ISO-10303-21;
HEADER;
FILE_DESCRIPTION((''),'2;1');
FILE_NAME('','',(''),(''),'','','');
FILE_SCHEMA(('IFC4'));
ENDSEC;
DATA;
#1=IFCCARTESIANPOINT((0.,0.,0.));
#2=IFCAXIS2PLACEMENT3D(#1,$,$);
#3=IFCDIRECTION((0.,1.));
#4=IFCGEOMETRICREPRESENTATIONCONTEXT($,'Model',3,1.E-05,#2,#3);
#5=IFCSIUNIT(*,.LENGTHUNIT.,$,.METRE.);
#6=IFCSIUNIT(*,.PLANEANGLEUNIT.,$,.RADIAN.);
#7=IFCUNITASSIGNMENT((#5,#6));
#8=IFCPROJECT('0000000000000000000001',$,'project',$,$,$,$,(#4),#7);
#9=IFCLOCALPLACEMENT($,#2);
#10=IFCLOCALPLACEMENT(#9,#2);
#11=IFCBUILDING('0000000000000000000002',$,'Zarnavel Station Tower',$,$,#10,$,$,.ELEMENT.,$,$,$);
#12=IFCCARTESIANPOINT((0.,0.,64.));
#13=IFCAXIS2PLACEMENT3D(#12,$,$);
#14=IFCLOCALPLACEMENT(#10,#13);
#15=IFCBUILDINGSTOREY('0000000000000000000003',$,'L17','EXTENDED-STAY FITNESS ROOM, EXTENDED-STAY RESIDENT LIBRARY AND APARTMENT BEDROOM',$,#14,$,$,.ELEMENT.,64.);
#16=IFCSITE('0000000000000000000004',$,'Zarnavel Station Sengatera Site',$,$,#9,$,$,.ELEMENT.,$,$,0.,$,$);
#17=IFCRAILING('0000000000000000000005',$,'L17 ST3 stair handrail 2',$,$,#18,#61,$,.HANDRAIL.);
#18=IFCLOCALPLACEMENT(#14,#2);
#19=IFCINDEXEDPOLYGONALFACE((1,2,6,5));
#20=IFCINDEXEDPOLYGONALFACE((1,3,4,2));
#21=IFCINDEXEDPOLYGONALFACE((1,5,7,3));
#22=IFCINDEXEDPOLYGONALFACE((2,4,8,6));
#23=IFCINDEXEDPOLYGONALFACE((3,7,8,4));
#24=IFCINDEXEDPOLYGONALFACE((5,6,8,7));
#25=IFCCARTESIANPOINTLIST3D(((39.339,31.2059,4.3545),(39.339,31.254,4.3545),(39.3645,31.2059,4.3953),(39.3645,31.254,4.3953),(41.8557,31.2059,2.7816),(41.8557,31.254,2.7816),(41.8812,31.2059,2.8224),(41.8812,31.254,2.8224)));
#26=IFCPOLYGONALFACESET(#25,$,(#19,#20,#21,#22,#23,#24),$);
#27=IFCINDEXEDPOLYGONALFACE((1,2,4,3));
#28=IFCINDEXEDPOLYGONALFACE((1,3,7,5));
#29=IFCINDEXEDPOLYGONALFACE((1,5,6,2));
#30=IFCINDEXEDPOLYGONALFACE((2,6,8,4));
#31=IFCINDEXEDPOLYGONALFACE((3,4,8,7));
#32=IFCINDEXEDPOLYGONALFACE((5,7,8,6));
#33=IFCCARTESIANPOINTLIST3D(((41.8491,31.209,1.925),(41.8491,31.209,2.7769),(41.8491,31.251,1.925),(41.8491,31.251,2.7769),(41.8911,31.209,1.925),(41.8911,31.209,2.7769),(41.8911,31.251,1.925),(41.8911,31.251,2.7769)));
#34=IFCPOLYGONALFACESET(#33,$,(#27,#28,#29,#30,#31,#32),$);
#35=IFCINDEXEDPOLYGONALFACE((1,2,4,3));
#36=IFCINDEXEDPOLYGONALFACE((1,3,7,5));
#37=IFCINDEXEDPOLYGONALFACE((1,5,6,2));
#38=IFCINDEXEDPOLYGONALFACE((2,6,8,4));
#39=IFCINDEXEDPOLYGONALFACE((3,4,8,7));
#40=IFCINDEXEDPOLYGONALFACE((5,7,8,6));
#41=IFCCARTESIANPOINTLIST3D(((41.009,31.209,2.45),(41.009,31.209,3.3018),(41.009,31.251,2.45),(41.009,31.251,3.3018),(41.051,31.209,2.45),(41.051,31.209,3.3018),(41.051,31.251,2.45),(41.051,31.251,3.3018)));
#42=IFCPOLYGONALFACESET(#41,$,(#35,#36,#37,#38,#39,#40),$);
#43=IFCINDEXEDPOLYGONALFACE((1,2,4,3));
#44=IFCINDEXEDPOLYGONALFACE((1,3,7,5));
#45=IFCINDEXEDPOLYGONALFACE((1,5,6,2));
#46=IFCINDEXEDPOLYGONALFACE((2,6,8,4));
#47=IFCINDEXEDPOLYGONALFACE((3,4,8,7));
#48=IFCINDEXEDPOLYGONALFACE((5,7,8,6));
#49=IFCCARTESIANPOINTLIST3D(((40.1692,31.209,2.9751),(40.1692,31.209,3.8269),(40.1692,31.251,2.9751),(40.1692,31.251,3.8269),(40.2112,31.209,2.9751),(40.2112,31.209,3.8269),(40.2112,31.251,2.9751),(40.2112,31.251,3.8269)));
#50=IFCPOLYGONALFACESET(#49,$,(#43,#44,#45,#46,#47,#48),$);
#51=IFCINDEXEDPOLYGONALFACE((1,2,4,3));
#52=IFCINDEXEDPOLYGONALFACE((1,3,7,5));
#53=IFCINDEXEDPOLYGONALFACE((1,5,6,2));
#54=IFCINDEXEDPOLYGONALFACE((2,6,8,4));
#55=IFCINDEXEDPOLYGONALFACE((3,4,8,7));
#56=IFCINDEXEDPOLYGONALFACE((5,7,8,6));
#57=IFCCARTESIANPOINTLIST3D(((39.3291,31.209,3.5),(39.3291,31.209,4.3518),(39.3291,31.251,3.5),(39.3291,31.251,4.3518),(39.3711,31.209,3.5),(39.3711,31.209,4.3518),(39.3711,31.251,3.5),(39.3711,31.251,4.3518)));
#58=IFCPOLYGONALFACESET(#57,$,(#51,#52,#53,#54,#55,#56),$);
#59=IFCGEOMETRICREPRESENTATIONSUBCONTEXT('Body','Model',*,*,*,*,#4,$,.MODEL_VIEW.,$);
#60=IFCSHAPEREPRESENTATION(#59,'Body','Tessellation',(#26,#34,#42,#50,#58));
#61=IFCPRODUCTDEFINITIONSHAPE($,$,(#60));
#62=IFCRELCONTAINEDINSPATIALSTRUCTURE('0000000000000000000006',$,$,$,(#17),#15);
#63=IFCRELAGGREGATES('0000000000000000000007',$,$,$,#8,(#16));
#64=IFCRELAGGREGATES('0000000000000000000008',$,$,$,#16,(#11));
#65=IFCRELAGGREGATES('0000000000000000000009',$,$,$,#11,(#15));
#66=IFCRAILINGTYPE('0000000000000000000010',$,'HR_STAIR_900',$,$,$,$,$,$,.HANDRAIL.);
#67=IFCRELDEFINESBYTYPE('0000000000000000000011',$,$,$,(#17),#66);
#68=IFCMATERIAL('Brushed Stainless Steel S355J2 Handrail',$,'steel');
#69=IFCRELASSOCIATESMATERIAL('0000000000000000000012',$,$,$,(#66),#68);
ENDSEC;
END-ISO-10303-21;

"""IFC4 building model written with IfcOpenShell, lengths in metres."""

from ifc_helpers import new_model, si_unit, direction, frame, origin, origin_2d, place, context, subcontext, project, spatial, rectangle, extrude, material, type_object, element, save


model = new_model("IFC4")

# Units and contexts
model_context = context("Model", 3, precision=1e-05, world=origin(), true_north=direction((0.0, 1.0)))
body_context = subcontext(model_context, "Body", "Model", "MODEL_VIEW")
ifc_project = project(units=[si_unit("LENGTHUNIT", "METRE"), si_unit("PLANEANGLEUNIT", "RADIAN")], contexts=[model_context])

# Site, building, storey
site_placement = place(None, origin())
site = spatial("IfcSite", under=ifc_project, at=site_placement, Name="Zarnavel Station Sengatera Site", CompositionType="ELEMENT", RefElevation=0.0)
building_placement = place(site_placement, origin())
building = spatial("IfcBuilding", under=site, at=building_placement, Name="Zarnavel Station Tower", CompositionType="ELEMENT")
storey_placement = place(building_placement, frame((0.0, 0.0, 64.0)))
storey = spatial("IfcBuildingStorey", under=building, at=storey_placement, Name="L17", Description="EXTENDED-STAY FITNESS ROOM, EXTENDED-STAY RESIDENT LIBRARY AND APARTMENT BEDROOM", CompositionType="ELEMENT", Elevation=64.0)

# Railing
ifc_material_1 = material(Name="Brushed Stainless Steel S355J2 Handrail", Category="steel")
railing_type_1 = type_object("IfcRailingType", Name="HR_STAIR_900", PredefinedType="HANDRAIL", material=ifc_material_1)
railing_1_placement = place(storey_placement, frame((41.8701, 31.23, 1.925)))
element("IfcRailing", 1, at=railing_1_placement, inside=storey, type_object=railing_type_1, Name="L17 ST3 stair handrail 2", PredefinedType="HANDRAIL", context=body_context, shape_type="SweptSolid", body=[
    extrude(rectangle(XDim=0.0481, YDim=0.0481, at=origin_2d()), frame((-0.0017, 0.0, 0.877), z_axis=(-0.848008, 0.0, 0.529984), x_axis=(0.0, -1.0, 0.0)), (0.0, 0.0, 1.0), 2.9678),
    extrude(rectangle(XDim=0.042, YDim=0.042, at=origin_2d()), origin(), (0.0, 0.0, 1.0), 0.8518),
    extrude(rectangle(XDim=0.042, YDim=0.042, at=origin_2d()), frame((-0.8401, 0.0, 0.5249)), (0.0, 0.0, 1.0), 0.8518),
    extrude(rectangle(XDim=0.042, YDim=0.042, at=origin_2d()), frame((-1.6799, 0.0, 1.05)), (0.0, 0.0, 1.0), 0.8518),
    extrude(rectangle(XDim=0.042, YDim=0.042, at=origin_2d()), frame((-2.52, 0.0, 1.575)), (0.0, 0.0, 1.0), 0.8518),
])

save(model, "model.ifc")
